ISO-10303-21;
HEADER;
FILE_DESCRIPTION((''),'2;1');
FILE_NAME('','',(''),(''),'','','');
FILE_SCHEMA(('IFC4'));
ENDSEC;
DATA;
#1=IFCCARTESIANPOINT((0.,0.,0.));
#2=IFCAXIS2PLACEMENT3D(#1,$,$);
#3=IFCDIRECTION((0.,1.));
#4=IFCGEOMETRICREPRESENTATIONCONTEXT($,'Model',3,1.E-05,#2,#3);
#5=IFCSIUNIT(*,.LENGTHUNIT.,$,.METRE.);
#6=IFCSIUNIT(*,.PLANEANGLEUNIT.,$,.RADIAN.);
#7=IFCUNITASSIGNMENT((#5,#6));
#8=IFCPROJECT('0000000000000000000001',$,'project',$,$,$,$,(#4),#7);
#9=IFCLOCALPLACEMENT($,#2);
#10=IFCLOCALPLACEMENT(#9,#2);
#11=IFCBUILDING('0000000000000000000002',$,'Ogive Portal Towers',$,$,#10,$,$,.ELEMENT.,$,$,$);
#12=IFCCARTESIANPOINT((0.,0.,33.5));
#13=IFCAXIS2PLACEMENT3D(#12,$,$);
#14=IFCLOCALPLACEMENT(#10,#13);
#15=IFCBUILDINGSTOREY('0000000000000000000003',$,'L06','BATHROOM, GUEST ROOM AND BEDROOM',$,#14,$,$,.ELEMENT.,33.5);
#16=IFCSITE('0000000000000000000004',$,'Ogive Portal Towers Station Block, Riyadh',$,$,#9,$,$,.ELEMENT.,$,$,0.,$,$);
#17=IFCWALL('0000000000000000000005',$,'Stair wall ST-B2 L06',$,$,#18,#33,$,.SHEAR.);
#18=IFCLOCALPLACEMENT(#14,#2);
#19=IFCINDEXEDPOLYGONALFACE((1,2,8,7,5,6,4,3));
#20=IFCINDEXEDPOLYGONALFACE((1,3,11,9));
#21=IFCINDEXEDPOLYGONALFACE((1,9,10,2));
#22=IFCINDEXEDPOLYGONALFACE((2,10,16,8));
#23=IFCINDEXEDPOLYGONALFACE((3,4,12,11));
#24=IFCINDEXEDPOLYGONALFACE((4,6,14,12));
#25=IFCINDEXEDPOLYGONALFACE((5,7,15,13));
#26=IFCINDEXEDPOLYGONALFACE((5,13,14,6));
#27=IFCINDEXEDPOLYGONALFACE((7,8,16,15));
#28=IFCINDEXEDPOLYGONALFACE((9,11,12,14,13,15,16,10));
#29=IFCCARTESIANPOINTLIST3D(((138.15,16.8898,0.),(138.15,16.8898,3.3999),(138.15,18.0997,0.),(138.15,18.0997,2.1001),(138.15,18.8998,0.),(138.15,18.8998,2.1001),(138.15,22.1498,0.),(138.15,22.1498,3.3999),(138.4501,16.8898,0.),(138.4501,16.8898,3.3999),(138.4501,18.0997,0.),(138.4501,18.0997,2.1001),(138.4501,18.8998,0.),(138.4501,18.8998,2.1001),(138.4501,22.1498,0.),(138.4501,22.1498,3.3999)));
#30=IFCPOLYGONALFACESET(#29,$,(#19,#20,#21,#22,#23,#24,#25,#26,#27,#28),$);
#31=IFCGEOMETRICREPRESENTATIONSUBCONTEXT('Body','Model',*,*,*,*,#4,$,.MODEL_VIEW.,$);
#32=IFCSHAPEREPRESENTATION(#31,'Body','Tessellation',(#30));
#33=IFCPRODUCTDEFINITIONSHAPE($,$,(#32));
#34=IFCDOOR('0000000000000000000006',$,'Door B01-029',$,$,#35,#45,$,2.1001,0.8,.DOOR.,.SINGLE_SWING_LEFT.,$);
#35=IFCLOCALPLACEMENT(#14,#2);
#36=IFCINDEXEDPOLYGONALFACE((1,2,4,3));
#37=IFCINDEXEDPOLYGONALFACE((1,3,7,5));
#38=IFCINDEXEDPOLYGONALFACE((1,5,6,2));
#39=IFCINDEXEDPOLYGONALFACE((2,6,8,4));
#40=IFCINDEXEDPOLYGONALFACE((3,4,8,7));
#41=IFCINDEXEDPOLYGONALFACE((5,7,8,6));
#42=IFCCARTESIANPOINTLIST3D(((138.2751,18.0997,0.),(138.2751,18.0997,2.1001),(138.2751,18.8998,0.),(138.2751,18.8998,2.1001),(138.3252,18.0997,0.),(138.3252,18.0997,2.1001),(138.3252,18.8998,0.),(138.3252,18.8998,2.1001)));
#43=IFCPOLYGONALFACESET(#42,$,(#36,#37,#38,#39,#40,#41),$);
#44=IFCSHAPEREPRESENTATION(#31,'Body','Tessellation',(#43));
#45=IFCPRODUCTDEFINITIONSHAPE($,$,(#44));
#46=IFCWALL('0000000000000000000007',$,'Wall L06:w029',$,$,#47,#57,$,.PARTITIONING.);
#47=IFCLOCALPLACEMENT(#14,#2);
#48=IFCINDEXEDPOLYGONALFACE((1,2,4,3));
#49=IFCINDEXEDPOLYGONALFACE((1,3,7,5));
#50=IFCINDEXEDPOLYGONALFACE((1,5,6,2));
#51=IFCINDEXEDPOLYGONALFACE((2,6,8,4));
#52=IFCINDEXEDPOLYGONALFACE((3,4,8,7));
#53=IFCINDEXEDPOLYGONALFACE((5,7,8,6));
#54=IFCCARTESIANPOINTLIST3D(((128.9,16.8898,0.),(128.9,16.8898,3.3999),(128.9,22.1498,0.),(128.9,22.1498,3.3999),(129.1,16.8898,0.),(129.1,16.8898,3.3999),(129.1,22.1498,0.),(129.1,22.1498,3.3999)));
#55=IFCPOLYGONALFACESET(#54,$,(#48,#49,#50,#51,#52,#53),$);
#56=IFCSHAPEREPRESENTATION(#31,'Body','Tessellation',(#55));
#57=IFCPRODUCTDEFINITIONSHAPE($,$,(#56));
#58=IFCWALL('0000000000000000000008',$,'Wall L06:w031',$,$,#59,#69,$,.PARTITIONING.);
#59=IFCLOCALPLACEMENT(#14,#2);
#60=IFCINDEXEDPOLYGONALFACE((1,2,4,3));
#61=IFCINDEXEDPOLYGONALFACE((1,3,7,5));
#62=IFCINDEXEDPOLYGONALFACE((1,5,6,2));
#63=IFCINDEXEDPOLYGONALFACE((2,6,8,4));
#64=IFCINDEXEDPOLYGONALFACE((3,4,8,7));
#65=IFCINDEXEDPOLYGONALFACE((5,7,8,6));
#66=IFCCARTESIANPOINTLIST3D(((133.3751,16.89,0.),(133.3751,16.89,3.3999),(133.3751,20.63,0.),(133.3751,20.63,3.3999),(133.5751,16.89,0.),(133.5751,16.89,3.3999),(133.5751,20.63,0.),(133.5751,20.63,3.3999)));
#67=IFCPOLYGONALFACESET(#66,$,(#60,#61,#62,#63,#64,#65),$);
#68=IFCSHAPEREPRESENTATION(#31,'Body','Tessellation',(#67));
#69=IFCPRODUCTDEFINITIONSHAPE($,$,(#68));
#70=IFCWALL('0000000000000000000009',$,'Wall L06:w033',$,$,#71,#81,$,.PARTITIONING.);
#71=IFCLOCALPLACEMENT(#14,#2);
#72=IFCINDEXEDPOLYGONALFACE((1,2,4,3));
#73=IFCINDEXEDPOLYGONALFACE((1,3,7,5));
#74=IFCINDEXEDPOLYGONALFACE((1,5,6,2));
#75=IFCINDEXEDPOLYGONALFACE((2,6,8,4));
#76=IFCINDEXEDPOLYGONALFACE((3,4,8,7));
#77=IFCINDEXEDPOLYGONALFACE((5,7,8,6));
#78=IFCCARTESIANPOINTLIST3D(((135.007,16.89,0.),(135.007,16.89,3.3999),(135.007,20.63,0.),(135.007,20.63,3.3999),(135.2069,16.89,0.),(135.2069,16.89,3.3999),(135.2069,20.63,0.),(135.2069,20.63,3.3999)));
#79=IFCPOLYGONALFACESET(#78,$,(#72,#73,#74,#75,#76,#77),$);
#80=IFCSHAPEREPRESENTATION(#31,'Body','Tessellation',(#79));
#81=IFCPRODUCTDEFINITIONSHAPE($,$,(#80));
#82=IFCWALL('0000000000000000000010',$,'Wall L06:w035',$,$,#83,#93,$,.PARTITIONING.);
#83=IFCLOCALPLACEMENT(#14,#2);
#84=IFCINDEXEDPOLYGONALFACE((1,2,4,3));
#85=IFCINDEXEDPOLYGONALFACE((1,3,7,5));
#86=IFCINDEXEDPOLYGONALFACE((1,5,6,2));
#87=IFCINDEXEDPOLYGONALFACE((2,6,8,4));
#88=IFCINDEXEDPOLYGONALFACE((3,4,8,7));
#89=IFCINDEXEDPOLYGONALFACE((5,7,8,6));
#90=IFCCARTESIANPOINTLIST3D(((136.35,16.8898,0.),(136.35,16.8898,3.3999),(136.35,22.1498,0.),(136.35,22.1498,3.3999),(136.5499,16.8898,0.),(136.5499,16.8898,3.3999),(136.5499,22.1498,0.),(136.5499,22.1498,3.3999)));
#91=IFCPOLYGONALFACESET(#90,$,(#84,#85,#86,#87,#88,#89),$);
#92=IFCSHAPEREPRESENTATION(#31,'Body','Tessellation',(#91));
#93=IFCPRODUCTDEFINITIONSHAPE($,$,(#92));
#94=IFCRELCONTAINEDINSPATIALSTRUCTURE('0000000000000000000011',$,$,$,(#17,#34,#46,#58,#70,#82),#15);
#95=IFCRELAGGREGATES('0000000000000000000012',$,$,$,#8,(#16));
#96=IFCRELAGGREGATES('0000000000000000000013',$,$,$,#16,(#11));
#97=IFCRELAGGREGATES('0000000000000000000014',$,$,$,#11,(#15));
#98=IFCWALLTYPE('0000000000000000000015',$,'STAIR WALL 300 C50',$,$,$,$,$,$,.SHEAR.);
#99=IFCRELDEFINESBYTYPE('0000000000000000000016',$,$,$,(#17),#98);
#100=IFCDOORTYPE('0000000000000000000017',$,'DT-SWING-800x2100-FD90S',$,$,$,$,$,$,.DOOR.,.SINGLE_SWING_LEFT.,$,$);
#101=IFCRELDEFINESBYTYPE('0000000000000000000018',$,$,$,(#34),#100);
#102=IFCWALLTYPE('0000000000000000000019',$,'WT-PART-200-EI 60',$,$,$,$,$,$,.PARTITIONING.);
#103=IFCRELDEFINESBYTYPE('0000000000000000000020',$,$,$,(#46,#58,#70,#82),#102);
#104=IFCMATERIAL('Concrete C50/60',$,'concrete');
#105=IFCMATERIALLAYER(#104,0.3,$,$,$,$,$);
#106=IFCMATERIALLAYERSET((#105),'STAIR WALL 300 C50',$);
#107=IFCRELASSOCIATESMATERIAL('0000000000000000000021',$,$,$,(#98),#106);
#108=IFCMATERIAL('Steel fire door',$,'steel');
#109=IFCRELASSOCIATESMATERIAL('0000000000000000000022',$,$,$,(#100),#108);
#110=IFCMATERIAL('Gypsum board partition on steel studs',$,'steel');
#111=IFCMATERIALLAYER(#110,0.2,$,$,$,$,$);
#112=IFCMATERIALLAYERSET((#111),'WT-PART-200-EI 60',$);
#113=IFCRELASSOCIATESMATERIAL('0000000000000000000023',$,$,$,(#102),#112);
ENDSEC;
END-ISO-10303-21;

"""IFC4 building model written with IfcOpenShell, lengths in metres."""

from ifc_helpers import new_model, si_unit, direction, frame, frame_2d, origin, place, context, subcontext, project, spatial, rectangle, extrude, material, layer, layer_set, type_object, element, fill, save


model = new_model("IFC4")

# Units and contexts
model_context = context("Model", 3, precision=1e-05, world=origin(), true_north=direction((0.0, 1.0)))
body_context = subcontext(model_context, "Body", "Model", "MODEL_VIEW")
ifc_project = project(units=[si_unit("LENGTHUNIT", "METRE"), si_unit("PLANEANGLEUNIT", "RADIAN")], contexts=[model_context])

# Site, building, storey
site_placement = place(None, origin())
site = spatial("IfcSite", under=ifc_project, at=site_placement, Name="Ogive Portal Towers Station Block, Riyadh", CompositionType="ELEMENT", RefElevation=0.0)
building_placement = place(site_placement, origin())
building = spatial("IfcBuilding", under=site, at=building_placement, Name="Ogive Portal Towers", CompositionType="ELEMENT")
storey_placement = place(building_placement, frame((0.0, 0.0, 33.5)))
storey = spatial("IfcBuildingStorey", under=building, at=storey_placement, Name="L06", Description="BATHROOM, GUEST ROOM AND BEDROOM", CompositionType="ELEMENT", Elevation=33.5)

# Shared definitions
ifc_material_1 = material(Name="Steel fire door", Category="steel")

# Shared definitions
ifc_material_2 = material(Name="Concrete C50/60", Category="concrete")
ifc_layer_1 = layer(ifc_material_2, 0.3)
ifc_layer_set_1 = layer_set([ifc_layer_1], Name="STAIR WALL 300 C50")
wall_type_1 = type_object("IfcWallType", Name="STAIR WALL 300 C50", PredefinedType="SHEAR", material=ifc_layer_set_1)

# Wall, opening, door
wall_1_placement = place(storey_placement, frame((138.3, 16.8899, 0.0), z_axis=(0.0, 0.0, 1.0), x_axis=(0.0, 1.0, 0.0)))
wall_1 = element("IfcWall", 1, at=wall_1_placement, inside=storey, type_object=wall_type_1, Name="Stair wall ST-B2 L06", PredefinedType="SHEAR", context=body_context, shape_type="SweptSolid", body=[
    extrude(rectangle(XDim=5.26, YDim=0.3, at=frame_2d((2.6299, 0.0))), origin(), (0.0, 0.0, 1.0), 3.3999),
])
opening_1_placement = place(wall_1_placement, frame((1.21, 0.0, 0.0)))
opening_1 = element("IfcOpeningElement", 2, at=opening_1_placement, cuts=wall_1, PredefinedType="OPENING", context=body_context, shape_type="SweptSolid", body=[
    extrude(rectangle(XDim=0.8, YDim=2.1001, at=frame_2d((0.3999, 1.05))), frame((0.0, 0.1602, 0.0), z_axis=(0.0, -1.0, 0.0), x_axis=(1.0, 0.0, 0.0)), (0.0, 0.0, 1.0), 0.3201),
])
door_type_1 = type_object("IfcDoorType", Name="DT-SWING-800x2100-FD90S", OperationType="SINGLE_SWING_LEFT", PredefinedType="DOOR", material=ifc_material_1)
door_1_placement = place(opening_1_placement, origin())
door_1 = element("IfcDoor", 3, at=door_1_placement, inside=storey, type_object=door_type_1, Name="Door B01-029", OperationType="SINGLE_SWING_LEFT", OverallHeight=2.1001, OverallWidth=0.8, PredefinedType="DOOR", context=body_context, shape_type="SweptSolid", body=[
    extrude(rectangle(XDim=0.8, YDim=2.1001, at=frame_2d((0.3999, 1.05))), frame((0.0, 0.0249, 0.0), z_axis=(0.0, -1.0, 0.0), x_axis=(1.0, 0.0, 0.0)), (0.0, 0.0, 1.0), 0.05),
])
fill(opening_1, door_1)

# Walls
ifc_material_3 = material(Name="Gypsum board partition on steel studs", Category="steel")
ifc_layer_2 = layer(ifc_material_3, 0.2)
ifc_layer_set_2 = layer_set([ifc_layer_2], Name="WT-PART-200-EI 60")
wall_type_2 = type_object("IfcWallType", Name="WT-PART-200-EI 60", PredefinedType="PARTITIONING", material=ifc_layer_set_2)
wall_2_placement = place(storey_placement, frame((129.0, 16.8899, 0.0), z_axis=(0.0, 0.0, 1.0), x_axis=(0.0, 1.0, 0.0)))
element("IfcWall", 4, at=wall_2_placement, inside=storey, type_object=wall_type_2, Name="Wall L06:w029", PredefinedType="PARTITIONING", context=body_context, shape_type="SweptSolid", body=[
    extrude(rectangle(XDim=5.26, YDim=0.2, at=frame_2d((2.6299, 0.0))), origin(), (0.0, 0.0, 1.0), 3.3999),
])
for number, where, z_axis, x_axis, name in (
    (5, (133.4751, 16.8899, 0.0), (0.0, 0.0, 1.0), (0.0, 1.0, 0.0), "Wall L06:w031"),
    (6, (135.1069, 16.8899, 0.0), (0.0, 0.0, 1.0), (0.0, 1.0, 0.0), "Wall L06:w033"),
):
    element("IfcWall", number, at=place(storey_placement, frame(where, z_axis=z_axis, x_axis=x_axis)), inside=storey, type_object=wall_type_2, Name=name, PredefinedType="PARTITIONING", context=body_context, shape_type="SweptSolid", body=[
        extrude(rectangle(XDim=3.74, YDim=0.2, at=frame_2d((1.8701, 0.0))), origin(), (0.0, 0.0, 1.0), 3.3999),
    ])
wall_3_placement = place(storey_placement, frame((136.45, 16.8899, 0.0), z_axis=(0.0, 0.0, 1.0), x_axis=(0.0, 1.0, 0.0)))
element("IfcWall", 7, at=wall_3_placement, inside=storey, type_object=wall_type_2, Name="Wall L06:w035", PredefinedType="PARTITIONING", context=body_context, shape_type="SweptSolid", body=[
    extrude(rectangle(XDim=5.26, YDim=0.2, at=frame_2d((2.6299, 0.0))), origin(), (0.0, 0.0, 1.0), 3.3999),
])

save(model, "model.ifc")
